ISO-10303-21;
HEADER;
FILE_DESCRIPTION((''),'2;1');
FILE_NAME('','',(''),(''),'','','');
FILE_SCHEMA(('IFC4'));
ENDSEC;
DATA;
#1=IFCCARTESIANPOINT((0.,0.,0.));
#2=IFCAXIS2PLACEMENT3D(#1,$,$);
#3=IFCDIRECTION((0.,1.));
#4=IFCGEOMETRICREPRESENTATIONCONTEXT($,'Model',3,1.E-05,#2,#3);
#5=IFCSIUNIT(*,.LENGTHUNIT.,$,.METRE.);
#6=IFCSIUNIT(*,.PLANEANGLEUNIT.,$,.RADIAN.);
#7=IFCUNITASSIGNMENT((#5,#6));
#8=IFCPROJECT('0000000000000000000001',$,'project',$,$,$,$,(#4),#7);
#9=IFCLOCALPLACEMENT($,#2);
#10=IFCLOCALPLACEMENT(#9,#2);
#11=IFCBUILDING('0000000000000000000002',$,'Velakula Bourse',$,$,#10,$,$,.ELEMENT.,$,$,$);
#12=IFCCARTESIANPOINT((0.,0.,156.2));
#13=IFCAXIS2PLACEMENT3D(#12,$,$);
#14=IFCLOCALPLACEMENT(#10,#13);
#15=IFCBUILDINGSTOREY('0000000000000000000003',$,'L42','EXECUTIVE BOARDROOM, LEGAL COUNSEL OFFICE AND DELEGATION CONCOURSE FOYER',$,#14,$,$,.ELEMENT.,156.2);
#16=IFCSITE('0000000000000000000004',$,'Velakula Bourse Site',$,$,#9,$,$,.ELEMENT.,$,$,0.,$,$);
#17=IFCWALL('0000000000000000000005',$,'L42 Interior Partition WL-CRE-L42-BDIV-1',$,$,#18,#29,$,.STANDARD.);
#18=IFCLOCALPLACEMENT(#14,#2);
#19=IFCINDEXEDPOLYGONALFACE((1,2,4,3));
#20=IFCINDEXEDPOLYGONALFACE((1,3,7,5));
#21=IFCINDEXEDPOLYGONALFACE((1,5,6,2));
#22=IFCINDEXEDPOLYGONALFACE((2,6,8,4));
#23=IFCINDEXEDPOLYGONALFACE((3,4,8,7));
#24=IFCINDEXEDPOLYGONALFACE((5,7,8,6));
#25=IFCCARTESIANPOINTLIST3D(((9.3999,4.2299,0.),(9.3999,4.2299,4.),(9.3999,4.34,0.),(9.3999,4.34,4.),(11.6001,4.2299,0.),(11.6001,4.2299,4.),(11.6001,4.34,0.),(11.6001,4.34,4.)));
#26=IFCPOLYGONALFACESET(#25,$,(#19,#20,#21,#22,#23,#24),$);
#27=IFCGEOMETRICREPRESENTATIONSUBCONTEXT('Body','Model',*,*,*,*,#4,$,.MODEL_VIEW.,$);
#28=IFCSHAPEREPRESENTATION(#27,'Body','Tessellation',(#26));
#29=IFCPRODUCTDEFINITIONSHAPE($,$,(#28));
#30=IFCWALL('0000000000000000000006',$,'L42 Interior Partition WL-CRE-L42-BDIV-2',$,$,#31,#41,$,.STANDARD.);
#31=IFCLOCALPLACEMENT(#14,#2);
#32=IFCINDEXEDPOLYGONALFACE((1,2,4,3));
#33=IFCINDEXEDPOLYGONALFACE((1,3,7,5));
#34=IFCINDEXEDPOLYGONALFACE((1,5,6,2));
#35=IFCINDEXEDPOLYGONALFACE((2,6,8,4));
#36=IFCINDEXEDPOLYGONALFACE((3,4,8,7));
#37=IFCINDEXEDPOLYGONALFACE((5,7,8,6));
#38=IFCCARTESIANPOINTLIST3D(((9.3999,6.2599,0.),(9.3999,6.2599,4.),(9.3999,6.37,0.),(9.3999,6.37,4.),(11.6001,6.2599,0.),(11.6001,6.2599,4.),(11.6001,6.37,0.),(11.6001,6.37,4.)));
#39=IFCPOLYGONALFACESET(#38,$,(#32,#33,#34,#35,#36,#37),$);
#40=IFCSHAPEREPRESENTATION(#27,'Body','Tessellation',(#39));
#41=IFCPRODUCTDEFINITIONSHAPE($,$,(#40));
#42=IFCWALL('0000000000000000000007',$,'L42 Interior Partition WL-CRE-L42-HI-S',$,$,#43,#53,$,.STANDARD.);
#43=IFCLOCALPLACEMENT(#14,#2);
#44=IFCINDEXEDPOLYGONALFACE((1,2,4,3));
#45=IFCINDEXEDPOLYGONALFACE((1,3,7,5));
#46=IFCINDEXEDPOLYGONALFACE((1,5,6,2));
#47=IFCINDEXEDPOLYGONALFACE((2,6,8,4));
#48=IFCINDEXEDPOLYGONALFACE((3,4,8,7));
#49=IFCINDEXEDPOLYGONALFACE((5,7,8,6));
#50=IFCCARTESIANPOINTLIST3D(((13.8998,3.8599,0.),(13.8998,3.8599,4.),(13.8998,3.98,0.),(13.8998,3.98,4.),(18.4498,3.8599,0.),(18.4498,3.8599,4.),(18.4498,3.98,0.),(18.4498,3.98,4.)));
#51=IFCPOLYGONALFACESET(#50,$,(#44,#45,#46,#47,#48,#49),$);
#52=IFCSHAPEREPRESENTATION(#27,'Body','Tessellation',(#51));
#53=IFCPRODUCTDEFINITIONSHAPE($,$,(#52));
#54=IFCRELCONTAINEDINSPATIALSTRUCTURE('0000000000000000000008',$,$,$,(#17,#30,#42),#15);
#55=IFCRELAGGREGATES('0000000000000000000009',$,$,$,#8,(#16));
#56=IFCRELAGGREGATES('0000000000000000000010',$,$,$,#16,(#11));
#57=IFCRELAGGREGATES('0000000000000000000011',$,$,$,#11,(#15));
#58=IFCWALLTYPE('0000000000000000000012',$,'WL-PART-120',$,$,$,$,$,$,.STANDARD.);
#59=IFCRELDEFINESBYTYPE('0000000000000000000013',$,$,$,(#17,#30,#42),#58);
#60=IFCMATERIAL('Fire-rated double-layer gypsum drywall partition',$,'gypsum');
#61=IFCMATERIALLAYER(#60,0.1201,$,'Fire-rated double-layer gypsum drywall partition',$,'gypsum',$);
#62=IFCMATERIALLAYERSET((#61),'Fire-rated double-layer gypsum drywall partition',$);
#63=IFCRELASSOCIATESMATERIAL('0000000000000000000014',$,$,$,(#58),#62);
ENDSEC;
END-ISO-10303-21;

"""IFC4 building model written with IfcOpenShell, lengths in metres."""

from ifc_helpers import new_model, si_unit, direction, frame, frame_2d, origin, place, context, subcontext, project, spatial, rectangle, extrude, material, layer, layer_set, type_object, element, save


model = new_model("IFC4")

# Units and contexts
model_context = context("Model", 3, precision=1e-05, world=origin(), true_north=direction((0.0, 1.0)))
body_context = subcontext(model_context, "Body", "Model", "MODEL_VIEW")
ifc_project = project(units=[si_unit("LENGTHUNIT", "METRE"), si_unit("PLANEANGLEUNIT", "RADIAN")], contexts=[model_context])

# Site, building, storey
site_placement = place(None, origin())
site = spatial("IfcSite", under=ifc_project, at=site_placement, Name="Velakula Bourse Site", CompositionType="ELEMENT", RefElevation=0.0)
building_placement = place(site_placement, origin())
building = spatial("IfcBuilding", under=site, at=building_placement, Name="Velakula Bourse", CompositionType="ELEMENT")
storey_placement = place(building_placement, frame((0.0, 0.0, 156.2)))
storey = spatial("IfcBuildingStorey", under=building, at=storey_placement, Name="L42", Description="EXECUTIVE BOARDROOM, LEGAL COUNSEL OFFICE AND DELEGATION CONCOURSE FOYER", CompositionType="ELEMENT", Elevation=156.2)

# Shared definitions
ifc_material_1 = material(Name="Fire-rated double-layer gypsum drywall partition", Category="gypsum")
ifc_layer_1 = layer(ifc_material_1, 0.1201, Name="Fire-rated double-layer gypsum drywall partition", Category="gypsum")
ifc_layer_set_1 = layer_set([ifc_layer_1], Name="Fire-rated double-layer gypsum drywall partition")
wall_type_1 = type_object("IfcWallType", Name="WL-PART-120", PredefinedType="STANDARD", material=ifc_layer_set_1)

# Walls
for number, where, z_axis, x_axis, name in (
    (1, (9.3999, 4.2849, 0.0), (0.0, 0.0, 1.0), (1.0, 0.0, 0.0), "L42 Interior Partition WL-CRE-L42-BDIV-1"),
    (2, (9.3999, 6.3149, 0.0), (0.0, 0.0, 1.0), (1.0, 0.0, 0.0), "L42 Interior Partition WL-CRE-L42-BDIV-2"),
):
    element("IfcWall", number, at=place(storey_placement, frame(where, z_axis=z_axis, x_axis=x_axis)), inside=storey, type_object=wall_type_1, Name=name, PredefinedType="STANDARD", context=body_context, shape_type="SweptSolid", body=[
        extrude(rectangle(XDim=2.2002, YDim=0.1101, at=frame_2d((1.1001, 0.0))), origin(), (0.0, 0.0, 1.0), 4.0),
    ])
wall_1_placement = place(storey_placement, frame((13.8999, 3.9199, 0.0), z_axis=(0.0, 0.0, 1.0), x_axis=(1.0, 0.0, 0.0)))
element("IfcWall", 3, at=wall_1_placement, inside=storey, type_object=wall_type_1, Name="L42 Interior Partition WL-CRE-L42-HI-S", PredefinedType="STANDARD", context=body_context, shape_type="SweptSolid", body=[
    extrude(rectangle(XDim=4.55, YDim=0.1201, at=frame_2d((2.2749, 0.0))), origin(), (0.0, 0.0, 1.0), 4.0),
])

save(model, "model.ifc")
